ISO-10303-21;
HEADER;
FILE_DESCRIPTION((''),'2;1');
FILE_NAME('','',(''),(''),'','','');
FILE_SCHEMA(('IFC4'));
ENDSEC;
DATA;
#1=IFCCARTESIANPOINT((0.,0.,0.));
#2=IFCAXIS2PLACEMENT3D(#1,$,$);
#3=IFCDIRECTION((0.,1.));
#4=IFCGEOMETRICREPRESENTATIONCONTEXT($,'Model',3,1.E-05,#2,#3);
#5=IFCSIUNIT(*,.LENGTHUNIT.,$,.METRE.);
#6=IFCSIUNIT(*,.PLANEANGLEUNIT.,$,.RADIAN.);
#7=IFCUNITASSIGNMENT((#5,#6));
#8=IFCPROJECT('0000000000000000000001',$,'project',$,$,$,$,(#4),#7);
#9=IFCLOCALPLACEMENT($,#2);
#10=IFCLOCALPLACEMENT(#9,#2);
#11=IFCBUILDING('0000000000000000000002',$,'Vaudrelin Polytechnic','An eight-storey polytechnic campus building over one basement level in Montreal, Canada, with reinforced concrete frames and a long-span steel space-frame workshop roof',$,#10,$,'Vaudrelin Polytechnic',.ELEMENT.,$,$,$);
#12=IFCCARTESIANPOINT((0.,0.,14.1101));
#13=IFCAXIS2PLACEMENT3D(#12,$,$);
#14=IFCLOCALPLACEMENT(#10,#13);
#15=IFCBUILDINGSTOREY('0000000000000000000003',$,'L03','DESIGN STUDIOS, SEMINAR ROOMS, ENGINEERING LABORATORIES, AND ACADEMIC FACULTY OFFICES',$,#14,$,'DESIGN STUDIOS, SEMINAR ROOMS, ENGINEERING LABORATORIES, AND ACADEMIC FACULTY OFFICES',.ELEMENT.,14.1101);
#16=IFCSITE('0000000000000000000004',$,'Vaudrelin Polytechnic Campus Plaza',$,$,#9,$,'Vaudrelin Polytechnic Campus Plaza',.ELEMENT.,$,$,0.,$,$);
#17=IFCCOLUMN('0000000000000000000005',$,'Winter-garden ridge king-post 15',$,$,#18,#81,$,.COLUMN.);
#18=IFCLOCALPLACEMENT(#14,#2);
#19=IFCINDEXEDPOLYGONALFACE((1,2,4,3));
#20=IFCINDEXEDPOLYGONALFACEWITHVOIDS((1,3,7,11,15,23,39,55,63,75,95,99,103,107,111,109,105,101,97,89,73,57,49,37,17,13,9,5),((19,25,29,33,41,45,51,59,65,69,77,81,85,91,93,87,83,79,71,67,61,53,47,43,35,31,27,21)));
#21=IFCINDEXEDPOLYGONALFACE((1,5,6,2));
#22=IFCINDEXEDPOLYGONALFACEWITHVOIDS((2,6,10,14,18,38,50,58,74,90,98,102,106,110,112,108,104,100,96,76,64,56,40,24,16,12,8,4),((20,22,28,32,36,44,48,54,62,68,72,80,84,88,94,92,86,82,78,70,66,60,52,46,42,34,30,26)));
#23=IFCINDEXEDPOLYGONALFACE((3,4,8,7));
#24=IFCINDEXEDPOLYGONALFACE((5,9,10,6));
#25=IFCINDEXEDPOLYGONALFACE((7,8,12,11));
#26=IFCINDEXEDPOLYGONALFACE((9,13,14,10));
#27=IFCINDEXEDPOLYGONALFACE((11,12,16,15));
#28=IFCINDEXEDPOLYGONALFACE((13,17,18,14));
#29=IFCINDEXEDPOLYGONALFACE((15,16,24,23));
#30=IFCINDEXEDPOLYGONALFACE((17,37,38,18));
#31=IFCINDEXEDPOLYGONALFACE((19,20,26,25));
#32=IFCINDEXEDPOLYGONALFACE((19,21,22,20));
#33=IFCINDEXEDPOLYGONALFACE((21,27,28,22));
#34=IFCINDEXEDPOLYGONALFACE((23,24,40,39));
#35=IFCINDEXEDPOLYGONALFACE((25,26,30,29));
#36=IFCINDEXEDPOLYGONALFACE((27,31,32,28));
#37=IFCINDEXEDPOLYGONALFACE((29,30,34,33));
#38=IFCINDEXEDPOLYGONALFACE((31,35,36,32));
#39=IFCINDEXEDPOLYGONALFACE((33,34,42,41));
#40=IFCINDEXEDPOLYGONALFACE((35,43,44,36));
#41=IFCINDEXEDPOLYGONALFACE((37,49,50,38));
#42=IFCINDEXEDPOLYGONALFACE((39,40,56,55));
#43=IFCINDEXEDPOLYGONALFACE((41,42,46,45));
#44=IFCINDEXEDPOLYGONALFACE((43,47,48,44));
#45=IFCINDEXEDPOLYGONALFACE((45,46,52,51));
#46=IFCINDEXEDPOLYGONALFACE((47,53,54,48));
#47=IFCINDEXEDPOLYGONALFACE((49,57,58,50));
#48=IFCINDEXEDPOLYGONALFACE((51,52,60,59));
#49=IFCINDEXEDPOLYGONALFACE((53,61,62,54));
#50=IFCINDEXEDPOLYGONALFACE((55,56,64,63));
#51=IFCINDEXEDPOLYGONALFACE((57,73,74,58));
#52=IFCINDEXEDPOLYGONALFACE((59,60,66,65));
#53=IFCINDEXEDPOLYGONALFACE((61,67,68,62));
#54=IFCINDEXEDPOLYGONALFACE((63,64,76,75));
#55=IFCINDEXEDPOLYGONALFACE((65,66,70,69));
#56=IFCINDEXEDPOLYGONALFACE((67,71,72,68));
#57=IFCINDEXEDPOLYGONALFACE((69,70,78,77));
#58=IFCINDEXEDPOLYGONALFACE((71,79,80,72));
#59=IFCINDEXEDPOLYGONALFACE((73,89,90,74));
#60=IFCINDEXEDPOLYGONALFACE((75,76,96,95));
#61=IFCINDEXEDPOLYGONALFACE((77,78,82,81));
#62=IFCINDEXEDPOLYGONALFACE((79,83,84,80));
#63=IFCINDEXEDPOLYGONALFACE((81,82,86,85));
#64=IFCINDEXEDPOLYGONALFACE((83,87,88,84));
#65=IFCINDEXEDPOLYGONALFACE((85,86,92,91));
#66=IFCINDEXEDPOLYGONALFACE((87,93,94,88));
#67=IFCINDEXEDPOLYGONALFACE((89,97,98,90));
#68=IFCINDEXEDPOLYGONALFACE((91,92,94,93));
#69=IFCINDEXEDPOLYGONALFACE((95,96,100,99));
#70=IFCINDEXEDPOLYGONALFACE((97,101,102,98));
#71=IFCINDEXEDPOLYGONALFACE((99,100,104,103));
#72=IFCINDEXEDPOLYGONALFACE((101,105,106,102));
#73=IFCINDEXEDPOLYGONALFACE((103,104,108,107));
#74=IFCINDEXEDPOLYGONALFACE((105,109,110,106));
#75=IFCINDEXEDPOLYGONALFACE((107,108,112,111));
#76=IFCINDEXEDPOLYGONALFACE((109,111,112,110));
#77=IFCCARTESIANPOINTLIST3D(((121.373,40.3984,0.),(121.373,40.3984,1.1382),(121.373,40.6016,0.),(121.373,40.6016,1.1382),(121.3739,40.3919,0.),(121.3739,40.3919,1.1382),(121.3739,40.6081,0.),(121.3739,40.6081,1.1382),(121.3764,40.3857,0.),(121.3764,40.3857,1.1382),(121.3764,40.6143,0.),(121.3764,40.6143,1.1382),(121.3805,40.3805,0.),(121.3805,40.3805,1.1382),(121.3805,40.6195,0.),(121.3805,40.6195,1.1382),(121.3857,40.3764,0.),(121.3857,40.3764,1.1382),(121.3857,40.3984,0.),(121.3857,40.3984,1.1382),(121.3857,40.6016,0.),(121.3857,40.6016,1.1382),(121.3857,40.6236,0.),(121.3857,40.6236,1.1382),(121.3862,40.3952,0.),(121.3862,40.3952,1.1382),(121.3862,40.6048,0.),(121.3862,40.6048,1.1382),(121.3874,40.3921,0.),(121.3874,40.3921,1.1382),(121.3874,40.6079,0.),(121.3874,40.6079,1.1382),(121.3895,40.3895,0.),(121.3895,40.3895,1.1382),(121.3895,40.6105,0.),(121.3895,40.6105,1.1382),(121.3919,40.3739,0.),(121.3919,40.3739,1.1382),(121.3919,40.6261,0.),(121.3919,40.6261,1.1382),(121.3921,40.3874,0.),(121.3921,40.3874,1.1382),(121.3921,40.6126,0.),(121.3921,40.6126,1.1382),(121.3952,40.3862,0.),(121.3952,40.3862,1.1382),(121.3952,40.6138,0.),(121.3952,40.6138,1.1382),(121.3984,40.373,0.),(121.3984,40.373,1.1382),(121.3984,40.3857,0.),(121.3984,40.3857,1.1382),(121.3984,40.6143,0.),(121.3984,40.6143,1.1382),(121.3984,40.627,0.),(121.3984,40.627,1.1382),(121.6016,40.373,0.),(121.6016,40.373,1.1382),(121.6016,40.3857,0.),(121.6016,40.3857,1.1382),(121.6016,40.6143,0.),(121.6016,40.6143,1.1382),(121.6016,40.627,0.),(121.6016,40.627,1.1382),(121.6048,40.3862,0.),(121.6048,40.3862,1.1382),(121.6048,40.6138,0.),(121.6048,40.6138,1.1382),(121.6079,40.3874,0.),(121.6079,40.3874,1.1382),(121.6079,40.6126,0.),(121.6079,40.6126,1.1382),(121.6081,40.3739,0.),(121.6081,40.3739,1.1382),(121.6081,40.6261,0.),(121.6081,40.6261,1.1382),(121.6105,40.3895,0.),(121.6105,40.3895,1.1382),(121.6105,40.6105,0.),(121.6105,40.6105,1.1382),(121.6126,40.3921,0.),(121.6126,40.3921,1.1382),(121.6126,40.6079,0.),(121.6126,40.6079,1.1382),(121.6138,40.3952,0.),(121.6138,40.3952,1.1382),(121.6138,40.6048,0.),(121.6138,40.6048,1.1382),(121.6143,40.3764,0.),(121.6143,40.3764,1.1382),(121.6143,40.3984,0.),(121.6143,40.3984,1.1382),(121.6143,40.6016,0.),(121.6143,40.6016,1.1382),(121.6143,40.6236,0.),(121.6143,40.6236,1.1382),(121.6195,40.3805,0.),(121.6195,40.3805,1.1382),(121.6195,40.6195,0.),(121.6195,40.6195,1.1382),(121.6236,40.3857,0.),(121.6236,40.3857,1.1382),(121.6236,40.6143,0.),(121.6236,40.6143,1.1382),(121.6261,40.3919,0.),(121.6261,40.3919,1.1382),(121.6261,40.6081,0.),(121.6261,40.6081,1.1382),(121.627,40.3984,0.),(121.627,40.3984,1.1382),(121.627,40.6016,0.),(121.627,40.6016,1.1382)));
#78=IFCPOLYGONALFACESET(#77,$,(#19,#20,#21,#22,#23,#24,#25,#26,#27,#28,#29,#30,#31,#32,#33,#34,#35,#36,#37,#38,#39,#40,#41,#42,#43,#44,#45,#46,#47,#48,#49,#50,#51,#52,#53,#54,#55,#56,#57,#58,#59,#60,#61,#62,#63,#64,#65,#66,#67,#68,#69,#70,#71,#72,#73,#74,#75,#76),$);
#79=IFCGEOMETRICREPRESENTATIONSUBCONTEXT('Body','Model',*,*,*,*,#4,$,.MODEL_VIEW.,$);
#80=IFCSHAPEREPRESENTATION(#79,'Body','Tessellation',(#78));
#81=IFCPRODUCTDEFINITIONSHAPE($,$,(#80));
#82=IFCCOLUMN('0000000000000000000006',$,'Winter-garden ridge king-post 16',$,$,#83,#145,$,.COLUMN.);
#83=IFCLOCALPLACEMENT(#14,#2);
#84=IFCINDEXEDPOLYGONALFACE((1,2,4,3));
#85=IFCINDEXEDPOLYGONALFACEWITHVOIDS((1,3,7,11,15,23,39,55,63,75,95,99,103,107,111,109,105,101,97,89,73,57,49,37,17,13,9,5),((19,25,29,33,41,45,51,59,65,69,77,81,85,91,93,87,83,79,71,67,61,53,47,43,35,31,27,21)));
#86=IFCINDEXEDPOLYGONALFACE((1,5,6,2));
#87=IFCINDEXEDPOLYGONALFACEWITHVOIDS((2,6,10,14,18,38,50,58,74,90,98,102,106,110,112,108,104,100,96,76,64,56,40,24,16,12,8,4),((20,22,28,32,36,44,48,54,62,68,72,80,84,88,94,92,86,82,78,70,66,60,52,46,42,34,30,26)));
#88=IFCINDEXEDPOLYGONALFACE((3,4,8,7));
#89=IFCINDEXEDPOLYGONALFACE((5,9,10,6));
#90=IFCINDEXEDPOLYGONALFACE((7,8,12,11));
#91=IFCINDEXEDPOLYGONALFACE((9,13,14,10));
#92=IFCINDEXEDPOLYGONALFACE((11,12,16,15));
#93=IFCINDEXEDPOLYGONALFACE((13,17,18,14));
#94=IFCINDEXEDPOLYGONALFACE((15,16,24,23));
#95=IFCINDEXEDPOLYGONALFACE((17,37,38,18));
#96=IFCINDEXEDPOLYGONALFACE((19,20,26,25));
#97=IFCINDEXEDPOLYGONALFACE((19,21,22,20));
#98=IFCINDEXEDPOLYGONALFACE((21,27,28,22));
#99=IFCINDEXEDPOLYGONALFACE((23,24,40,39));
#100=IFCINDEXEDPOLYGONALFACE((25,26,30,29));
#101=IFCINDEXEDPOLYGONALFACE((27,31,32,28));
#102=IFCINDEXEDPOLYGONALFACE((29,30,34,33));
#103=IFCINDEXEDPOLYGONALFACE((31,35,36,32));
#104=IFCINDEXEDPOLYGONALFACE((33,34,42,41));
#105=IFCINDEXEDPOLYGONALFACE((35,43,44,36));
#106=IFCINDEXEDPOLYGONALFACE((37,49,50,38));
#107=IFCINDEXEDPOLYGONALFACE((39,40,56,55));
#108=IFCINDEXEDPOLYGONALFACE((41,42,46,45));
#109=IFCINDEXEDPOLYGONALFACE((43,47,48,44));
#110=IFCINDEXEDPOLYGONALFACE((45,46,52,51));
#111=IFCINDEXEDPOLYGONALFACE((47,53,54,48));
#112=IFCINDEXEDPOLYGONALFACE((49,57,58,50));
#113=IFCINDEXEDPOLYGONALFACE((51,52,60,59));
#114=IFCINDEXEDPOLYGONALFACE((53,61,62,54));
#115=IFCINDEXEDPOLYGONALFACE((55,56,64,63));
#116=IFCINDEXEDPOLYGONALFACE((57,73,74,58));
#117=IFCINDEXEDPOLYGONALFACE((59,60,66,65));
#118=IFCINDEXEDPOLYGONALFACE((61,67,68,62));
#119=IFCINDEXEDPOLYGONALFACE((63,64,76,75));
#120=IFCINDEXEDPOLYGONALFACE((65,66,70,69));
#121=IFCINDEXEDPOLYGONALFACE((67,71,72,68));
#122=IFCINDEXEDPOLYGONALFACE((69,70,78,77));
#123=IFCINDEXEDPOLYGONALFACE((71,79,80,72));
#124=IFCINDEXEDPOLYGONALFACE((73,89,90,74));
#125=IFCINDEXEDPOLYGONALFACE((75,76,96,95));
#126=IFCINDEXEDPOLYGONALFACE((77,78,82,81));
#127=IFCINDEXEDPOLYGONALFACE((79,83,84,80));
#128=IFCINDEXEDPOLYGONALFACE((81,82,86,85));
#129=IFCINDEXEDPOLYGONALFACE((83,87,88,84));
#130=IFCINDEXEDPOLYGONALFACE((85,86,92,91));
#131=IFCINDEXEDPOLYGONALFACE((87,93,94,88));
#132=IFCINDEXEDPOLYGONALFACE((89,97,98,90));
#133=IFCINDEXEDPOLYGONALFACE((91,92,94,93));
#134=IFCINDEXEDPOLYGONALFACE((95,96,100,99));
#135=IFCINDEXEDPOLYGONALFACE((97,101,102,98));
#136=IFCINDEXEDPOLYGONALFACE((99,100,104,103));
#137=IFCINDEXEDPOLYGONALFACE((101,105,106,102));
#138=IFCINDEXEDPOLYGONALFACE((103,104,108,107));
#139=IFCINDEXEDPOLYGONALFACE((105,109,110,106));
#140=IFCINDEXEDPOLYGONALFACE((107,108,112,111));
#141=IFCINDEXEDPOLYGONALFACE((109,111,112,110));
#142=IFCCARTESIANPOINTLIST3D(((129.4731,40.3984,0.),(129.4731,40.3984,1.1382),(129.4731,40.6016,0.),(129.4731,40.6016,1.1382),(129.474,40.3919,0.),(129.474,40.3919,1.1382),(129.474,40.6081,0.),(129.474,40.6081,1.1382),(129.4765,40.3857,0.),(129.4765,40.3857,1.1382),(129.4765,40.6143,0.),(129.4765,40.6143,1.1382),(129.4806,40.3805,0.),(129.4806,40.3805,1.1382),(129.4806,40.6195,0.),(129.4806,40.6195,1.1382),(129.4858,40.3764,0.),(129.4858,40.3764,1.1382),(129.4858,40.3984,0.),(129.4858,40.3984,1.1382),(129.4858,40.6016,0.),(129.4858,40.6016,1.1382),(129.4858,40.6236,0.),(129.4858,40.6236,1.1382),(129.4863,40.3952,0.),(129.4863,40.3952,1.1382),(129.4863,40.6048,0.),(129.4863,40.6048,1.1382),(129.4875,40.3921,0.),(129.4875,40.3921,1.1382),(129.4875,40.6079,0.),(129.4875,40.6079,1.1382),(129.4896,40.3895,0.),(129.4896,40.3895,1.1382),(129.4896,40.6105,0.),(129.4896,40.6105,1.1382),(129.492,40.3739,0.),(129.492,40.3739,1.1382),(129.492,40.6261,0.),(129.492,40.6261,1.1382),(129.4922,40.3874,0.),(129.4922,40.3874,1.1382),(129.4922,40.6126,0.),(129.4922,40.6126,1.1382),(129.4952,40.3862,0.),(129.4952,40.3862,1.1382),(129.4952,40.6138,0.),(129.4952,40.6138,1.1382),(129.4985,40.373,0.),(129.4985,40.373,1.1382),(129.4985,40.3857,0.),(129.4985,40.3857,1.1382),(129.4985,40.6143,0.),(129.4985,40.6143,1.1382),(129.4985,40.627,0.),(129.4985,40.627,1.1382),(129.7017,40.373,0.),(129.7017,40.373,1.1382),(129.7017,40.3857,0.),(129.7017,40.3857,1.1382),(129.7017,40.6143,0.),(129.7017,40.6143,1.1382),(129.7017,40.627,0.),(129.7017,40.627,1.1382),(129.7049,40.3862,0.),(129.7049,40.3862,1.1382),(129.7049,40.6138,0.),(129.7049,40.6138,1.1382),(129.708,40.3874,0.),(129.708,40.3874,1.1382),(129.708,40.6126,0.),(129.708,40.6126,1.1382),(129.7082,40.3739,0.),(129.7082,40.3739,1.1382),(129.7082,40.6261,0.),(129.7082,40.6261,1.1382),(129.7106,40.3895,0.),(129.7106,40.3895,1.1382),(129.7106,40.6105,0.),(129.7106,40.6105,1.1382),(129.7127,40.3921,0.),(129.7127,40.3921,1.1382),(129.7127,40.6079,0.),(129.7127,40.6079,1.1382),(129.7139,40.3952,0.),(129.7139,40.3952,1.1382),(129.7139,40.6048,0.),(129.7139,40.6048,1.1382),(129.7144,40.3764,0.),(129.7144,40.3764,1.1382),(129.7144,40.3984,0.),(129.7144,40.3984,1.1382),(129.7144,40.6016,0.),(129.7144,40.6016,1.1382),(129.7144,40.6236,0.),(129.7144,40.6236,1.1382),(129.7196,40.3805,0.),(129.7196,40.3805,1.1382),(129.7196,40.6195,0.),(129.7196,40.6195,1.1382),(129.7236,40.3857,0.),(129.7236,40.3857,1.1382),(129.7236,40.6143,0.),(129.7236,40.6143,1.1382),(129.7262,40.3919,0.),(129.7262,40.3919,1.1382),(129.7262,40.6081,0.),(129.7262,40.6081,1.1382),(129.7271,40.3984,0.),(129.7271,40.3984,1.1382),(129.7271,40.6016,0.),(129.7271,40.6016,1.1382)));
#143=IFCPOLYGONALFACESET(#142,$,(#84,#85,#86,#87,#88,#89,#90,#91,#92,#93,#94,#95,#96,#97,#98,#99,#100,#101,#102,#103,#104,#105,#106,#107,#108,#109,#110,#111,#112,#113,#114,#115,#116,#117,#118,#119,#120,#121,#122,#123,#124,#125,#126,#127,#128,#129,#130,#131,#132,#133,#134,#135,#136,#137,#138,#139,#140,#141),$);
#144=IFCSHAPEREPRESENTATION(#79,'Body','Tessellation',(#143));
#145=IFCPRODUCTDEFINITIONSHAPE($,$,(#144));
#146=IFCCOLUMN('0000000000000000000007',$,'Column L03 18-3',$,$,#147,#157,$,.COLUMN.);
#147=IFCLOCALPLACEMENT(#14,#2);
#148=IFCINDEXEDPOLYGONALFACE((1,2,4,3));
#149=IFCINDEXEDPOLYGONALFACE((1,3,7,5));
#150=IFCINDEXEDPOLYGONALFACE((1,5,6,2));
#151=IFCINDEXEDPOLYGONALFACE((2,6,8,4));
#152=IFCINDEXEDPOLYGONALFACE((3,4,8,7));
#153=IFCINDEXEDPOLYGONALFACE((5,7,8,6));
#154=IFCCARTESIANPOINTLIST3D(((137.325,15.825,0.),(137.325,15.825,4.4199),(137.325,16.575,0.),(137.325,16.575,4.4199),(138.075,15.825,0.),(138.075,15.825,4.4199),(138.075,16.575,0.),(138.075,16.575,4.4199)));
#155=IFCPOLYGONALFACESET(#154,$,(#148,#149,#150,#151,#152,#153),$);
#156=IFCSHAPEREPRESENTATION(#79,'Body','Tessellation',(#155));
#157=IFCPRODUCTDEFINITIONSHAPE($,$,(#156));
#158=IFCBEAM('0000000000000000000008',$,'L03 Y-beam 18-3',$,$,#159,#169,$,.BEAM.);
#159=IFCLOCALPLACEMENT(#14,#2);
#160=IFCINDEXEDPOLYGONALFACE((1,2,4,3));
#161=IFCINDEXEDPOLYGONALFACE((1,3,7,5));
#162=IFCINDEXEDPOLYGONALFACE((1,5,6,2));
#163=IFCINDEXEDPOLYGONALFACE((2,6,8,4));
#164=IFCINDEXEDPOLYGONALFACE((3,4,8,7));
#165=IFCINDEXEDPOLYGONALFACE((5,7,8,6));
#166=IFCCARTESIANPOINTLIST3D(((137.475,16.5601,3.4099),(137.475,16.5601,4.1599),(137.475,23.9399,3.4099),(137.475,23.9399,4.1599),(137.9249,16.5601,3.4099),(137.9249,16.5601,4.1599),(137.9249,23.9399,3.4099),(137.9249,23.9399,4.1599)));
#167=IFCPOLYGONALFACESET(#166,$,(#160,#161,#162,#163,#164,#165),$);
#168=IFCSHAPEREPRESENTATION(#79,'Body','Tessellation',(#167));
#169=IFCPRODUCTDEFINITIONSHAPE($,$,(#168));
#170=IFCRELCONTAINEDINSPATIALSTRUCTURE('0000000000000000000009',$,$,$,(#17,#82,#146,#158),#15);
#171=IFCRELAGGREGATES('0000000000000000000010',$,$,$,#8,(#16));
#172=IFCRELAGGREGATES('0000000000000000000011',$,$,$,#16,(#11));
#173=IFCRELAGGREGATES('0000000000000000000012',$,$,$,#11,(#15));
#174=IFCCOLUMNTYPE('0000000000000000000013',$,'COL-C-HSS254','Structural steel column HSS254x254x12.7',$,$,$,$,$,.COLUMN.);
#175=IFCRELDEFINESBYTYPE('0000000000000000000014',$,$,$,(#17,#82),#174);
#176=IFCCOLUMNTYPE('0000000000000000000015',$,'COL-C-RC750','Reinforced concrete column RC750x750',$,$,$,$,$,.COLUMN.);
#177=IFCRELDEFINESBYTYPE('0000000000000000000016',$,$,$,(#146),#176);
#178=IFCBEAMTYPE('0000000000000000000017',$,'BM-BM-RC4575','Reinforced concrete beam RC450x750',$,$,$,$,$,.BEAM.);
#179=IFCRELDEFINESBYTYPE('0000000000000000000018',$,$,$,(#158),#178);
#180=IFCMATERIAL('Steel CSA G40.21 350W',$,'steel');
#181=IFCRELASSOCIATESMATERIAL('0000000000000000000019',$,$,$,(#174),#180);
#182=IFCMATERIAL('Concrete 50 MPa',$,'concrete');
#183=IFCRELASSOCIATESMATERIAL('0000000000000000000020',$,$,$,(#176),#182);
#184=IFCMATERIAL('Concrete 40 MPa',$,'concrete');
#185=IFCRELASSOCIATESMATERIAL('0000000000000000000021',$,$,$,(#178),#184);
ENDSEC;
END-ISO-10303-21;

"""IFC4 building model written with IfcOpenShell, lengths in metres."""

from ifc_helpers import new_model, si_unit, direction, frame, origin, origin_2d, place, context, subcontext, project, spatial, rectangle, hollow_rectangle, extrude, material, material_profile, profile_set, type_object, element, save


model = new_model("IFC4")

# Units and contexts
model_context = context("Model", 3, precision=1e-05, world=origin(), true_north=direction((0.0, 1.0)))
body_context = subcontext(model_context, "Body", "Model", "MODEL_VIEW")
ifc_project = project(units=[si_unit("LENGTHUNIT", "METRE"), si_unit("PLANEANGLEUNIT", "RADIAN")], contexts=[model_context])

# Site, building, storey
site_placement = place(None, origin())
site = spatial("IfcSite", under=ifc_project, at=site_placement, Name="Vaudrelin Polytechnic Campus Plaza", LongName="Vaudrelin Polytechnic Campus Plaza", CompositionType="ELEMENT", RefElevation=0.0)
building_placement = place(site_placement, origin())
building = spatial("IfcBuilding", under=site, at=building_placement, Name="Vaudrelin Polytechnic", Description="An eight-storey polytechnic campus building over one basement level in Montreal, Canada, with reinforced concrete frames and a long-span steel space-frame workshop roof", LongName="Vaudrelin Polytechnic", CompositionType="ELEMENT")
storey_placement = place(building_placement, frame((0.0, 0.0, 14.1101)))
storey = spatial("IfcBuildingStorey", under=building, at=storey_placement, Name="L03", Description="DESIGN STUDIOS, SEMINAR ROOMS, ENGINEERING LABORATORIES, AND ACADEMIC FACULTY OFFICES", LongName="DESIGN STUDIOS, SEMINAR ROOMS, ENGINEERING LABORATORIES, AND ACADEMIC FACULTY OFFICES", CompositionType="ELEMENT", Elevation=14.1101)

# Columns
ifc_material_1 = material(Name="Steel CSA G40.21 350W", Category="steel")
ifc_material_profile_1 = material_profile(ifc_material_1, hollow_rectangle(XDim=0.2539, YDim=0.2539, WallThickness=0.0127, InnerFilletRadius=0.0127, OuterFilletRadius=0.0254, at=origin_2d()), Name="HSS254x254x12.7")
ifc_profile_set_1 = profile_set([ifc_material_profile_1], Name="Steel CSA G40.21 350W")
column_type_1 = type_object("IfcColumnType", Name="COL-C-HSS254", Description="Structural steel column HSS254x254x12.7", PredefinedType="COLUMN", material=ifc_profile_set_1)
for number, where, z_axis, x_axis, name in (
    (1, (121.5, 40.5, 0.0), (0.0, 0.0, 1.0), (1.0, 0.0, 0.0), "Winter-garden ridge king-post 15"),
    (2, (129.6001, 40.5, 0.0), (0.0, 0.0, 1.0), (1.0, 0.0, 0.0), "Winter-garden ridge king-post 16"),
):
    element("IfcColumn", number, at=place(storey_placement, frame(where, z_axis=z_axis, x_axis=x_axis)), inside=storey, type_object=column_type_1, Name=name, PredefinedType="COLUMN", context=body_context, shape_type="SweptSolid", body=[
        extrude(hollow_rectangle(XDim=0.2539, YDim=0.2539, WallThickness=0.0127, InnerFilletRadius=0.0127, OuterFilletRadius=0.0254, at=origin_2d()), origin(), (0.0, 0.0, 1.0), 1.1382),
    ])
ifc_material_2 = material(Name="Concrete 50 MPa", Category="concrete")
ifc_material_profile_2 = material_profile(ifc_material_2, rectangle(XDim=0.75, YDim=0.75, at=origin_2d()), Name="RC750x750")
ifc_profile_set_2 = profile_set([ifc_material_profile_2], Name="Concrete 50 MPa")
column_type_2 = type_object("IfcColumnType", Name="COL-C-RC750", Description="Reinforced concrete column RC750x750", PredefinedType="COLUMN", material=ifc_profile_set_2)
column_placement = place(storey_placement, frame((137.7, 16.2, 0.0), z_axis=(0.0, 0.0, 1.0), x_axis=(1.0, 0.0, 0.0)))
element("IfcColumn", 3, at=column_placement, inside=storey, type_object=column_type_2, Name="Column L03 18-3", PredefinedType="COLUMN", context=body_context, shape_type="SweptSolid", body=[
    extrude(rectangle(XDim=0.75, YDim=0.75, at=origin_2d()), origin(), (0.0, 0.0, 1.0), 4.4199),
])

# Beam
ifc_material_3 = material(Name="Concrete 40 MPa", Category="concrete")
ifc_material_profile_3 = material_profile(ifc_material_3, rectangle(XDim=0.45, YDim=0.75, at=origin_2d()), Name="RC450x750")
ifc_profile_set_3 = profile_set([ifc_material_profile_3], Name="Concrete 40 MPa")
beam_type_1 = type_object("IfcBeamType", Name="BM-BM-RC4575", Description="Reinforced concrete beam RC450x750", PredefinedType="BEAM", material=ifc_profile_set_3)
beam_1_placement = place(storey_placement, frame((137.7, 16.5601, 3.7849), z_axis=(0.0, 1.0, 0.0), x_axis=(-1.0, 0.0, 0.0)))
element("IfcBeam", 4, at=beam_1_placement, inside=storey, type_object=beam_type_1, Name="L03 Y-beam 18-3", PredefinedType="BEAM", context=body_context, shape_type="SweptSolid", body=[
    extrude(rectangle(XDim=0.45, YDim=0.75, at=origin_2d()), origin(), (0.0, 0.0, 1.0), 7.3799),
])

save(model, "model.ifc")
